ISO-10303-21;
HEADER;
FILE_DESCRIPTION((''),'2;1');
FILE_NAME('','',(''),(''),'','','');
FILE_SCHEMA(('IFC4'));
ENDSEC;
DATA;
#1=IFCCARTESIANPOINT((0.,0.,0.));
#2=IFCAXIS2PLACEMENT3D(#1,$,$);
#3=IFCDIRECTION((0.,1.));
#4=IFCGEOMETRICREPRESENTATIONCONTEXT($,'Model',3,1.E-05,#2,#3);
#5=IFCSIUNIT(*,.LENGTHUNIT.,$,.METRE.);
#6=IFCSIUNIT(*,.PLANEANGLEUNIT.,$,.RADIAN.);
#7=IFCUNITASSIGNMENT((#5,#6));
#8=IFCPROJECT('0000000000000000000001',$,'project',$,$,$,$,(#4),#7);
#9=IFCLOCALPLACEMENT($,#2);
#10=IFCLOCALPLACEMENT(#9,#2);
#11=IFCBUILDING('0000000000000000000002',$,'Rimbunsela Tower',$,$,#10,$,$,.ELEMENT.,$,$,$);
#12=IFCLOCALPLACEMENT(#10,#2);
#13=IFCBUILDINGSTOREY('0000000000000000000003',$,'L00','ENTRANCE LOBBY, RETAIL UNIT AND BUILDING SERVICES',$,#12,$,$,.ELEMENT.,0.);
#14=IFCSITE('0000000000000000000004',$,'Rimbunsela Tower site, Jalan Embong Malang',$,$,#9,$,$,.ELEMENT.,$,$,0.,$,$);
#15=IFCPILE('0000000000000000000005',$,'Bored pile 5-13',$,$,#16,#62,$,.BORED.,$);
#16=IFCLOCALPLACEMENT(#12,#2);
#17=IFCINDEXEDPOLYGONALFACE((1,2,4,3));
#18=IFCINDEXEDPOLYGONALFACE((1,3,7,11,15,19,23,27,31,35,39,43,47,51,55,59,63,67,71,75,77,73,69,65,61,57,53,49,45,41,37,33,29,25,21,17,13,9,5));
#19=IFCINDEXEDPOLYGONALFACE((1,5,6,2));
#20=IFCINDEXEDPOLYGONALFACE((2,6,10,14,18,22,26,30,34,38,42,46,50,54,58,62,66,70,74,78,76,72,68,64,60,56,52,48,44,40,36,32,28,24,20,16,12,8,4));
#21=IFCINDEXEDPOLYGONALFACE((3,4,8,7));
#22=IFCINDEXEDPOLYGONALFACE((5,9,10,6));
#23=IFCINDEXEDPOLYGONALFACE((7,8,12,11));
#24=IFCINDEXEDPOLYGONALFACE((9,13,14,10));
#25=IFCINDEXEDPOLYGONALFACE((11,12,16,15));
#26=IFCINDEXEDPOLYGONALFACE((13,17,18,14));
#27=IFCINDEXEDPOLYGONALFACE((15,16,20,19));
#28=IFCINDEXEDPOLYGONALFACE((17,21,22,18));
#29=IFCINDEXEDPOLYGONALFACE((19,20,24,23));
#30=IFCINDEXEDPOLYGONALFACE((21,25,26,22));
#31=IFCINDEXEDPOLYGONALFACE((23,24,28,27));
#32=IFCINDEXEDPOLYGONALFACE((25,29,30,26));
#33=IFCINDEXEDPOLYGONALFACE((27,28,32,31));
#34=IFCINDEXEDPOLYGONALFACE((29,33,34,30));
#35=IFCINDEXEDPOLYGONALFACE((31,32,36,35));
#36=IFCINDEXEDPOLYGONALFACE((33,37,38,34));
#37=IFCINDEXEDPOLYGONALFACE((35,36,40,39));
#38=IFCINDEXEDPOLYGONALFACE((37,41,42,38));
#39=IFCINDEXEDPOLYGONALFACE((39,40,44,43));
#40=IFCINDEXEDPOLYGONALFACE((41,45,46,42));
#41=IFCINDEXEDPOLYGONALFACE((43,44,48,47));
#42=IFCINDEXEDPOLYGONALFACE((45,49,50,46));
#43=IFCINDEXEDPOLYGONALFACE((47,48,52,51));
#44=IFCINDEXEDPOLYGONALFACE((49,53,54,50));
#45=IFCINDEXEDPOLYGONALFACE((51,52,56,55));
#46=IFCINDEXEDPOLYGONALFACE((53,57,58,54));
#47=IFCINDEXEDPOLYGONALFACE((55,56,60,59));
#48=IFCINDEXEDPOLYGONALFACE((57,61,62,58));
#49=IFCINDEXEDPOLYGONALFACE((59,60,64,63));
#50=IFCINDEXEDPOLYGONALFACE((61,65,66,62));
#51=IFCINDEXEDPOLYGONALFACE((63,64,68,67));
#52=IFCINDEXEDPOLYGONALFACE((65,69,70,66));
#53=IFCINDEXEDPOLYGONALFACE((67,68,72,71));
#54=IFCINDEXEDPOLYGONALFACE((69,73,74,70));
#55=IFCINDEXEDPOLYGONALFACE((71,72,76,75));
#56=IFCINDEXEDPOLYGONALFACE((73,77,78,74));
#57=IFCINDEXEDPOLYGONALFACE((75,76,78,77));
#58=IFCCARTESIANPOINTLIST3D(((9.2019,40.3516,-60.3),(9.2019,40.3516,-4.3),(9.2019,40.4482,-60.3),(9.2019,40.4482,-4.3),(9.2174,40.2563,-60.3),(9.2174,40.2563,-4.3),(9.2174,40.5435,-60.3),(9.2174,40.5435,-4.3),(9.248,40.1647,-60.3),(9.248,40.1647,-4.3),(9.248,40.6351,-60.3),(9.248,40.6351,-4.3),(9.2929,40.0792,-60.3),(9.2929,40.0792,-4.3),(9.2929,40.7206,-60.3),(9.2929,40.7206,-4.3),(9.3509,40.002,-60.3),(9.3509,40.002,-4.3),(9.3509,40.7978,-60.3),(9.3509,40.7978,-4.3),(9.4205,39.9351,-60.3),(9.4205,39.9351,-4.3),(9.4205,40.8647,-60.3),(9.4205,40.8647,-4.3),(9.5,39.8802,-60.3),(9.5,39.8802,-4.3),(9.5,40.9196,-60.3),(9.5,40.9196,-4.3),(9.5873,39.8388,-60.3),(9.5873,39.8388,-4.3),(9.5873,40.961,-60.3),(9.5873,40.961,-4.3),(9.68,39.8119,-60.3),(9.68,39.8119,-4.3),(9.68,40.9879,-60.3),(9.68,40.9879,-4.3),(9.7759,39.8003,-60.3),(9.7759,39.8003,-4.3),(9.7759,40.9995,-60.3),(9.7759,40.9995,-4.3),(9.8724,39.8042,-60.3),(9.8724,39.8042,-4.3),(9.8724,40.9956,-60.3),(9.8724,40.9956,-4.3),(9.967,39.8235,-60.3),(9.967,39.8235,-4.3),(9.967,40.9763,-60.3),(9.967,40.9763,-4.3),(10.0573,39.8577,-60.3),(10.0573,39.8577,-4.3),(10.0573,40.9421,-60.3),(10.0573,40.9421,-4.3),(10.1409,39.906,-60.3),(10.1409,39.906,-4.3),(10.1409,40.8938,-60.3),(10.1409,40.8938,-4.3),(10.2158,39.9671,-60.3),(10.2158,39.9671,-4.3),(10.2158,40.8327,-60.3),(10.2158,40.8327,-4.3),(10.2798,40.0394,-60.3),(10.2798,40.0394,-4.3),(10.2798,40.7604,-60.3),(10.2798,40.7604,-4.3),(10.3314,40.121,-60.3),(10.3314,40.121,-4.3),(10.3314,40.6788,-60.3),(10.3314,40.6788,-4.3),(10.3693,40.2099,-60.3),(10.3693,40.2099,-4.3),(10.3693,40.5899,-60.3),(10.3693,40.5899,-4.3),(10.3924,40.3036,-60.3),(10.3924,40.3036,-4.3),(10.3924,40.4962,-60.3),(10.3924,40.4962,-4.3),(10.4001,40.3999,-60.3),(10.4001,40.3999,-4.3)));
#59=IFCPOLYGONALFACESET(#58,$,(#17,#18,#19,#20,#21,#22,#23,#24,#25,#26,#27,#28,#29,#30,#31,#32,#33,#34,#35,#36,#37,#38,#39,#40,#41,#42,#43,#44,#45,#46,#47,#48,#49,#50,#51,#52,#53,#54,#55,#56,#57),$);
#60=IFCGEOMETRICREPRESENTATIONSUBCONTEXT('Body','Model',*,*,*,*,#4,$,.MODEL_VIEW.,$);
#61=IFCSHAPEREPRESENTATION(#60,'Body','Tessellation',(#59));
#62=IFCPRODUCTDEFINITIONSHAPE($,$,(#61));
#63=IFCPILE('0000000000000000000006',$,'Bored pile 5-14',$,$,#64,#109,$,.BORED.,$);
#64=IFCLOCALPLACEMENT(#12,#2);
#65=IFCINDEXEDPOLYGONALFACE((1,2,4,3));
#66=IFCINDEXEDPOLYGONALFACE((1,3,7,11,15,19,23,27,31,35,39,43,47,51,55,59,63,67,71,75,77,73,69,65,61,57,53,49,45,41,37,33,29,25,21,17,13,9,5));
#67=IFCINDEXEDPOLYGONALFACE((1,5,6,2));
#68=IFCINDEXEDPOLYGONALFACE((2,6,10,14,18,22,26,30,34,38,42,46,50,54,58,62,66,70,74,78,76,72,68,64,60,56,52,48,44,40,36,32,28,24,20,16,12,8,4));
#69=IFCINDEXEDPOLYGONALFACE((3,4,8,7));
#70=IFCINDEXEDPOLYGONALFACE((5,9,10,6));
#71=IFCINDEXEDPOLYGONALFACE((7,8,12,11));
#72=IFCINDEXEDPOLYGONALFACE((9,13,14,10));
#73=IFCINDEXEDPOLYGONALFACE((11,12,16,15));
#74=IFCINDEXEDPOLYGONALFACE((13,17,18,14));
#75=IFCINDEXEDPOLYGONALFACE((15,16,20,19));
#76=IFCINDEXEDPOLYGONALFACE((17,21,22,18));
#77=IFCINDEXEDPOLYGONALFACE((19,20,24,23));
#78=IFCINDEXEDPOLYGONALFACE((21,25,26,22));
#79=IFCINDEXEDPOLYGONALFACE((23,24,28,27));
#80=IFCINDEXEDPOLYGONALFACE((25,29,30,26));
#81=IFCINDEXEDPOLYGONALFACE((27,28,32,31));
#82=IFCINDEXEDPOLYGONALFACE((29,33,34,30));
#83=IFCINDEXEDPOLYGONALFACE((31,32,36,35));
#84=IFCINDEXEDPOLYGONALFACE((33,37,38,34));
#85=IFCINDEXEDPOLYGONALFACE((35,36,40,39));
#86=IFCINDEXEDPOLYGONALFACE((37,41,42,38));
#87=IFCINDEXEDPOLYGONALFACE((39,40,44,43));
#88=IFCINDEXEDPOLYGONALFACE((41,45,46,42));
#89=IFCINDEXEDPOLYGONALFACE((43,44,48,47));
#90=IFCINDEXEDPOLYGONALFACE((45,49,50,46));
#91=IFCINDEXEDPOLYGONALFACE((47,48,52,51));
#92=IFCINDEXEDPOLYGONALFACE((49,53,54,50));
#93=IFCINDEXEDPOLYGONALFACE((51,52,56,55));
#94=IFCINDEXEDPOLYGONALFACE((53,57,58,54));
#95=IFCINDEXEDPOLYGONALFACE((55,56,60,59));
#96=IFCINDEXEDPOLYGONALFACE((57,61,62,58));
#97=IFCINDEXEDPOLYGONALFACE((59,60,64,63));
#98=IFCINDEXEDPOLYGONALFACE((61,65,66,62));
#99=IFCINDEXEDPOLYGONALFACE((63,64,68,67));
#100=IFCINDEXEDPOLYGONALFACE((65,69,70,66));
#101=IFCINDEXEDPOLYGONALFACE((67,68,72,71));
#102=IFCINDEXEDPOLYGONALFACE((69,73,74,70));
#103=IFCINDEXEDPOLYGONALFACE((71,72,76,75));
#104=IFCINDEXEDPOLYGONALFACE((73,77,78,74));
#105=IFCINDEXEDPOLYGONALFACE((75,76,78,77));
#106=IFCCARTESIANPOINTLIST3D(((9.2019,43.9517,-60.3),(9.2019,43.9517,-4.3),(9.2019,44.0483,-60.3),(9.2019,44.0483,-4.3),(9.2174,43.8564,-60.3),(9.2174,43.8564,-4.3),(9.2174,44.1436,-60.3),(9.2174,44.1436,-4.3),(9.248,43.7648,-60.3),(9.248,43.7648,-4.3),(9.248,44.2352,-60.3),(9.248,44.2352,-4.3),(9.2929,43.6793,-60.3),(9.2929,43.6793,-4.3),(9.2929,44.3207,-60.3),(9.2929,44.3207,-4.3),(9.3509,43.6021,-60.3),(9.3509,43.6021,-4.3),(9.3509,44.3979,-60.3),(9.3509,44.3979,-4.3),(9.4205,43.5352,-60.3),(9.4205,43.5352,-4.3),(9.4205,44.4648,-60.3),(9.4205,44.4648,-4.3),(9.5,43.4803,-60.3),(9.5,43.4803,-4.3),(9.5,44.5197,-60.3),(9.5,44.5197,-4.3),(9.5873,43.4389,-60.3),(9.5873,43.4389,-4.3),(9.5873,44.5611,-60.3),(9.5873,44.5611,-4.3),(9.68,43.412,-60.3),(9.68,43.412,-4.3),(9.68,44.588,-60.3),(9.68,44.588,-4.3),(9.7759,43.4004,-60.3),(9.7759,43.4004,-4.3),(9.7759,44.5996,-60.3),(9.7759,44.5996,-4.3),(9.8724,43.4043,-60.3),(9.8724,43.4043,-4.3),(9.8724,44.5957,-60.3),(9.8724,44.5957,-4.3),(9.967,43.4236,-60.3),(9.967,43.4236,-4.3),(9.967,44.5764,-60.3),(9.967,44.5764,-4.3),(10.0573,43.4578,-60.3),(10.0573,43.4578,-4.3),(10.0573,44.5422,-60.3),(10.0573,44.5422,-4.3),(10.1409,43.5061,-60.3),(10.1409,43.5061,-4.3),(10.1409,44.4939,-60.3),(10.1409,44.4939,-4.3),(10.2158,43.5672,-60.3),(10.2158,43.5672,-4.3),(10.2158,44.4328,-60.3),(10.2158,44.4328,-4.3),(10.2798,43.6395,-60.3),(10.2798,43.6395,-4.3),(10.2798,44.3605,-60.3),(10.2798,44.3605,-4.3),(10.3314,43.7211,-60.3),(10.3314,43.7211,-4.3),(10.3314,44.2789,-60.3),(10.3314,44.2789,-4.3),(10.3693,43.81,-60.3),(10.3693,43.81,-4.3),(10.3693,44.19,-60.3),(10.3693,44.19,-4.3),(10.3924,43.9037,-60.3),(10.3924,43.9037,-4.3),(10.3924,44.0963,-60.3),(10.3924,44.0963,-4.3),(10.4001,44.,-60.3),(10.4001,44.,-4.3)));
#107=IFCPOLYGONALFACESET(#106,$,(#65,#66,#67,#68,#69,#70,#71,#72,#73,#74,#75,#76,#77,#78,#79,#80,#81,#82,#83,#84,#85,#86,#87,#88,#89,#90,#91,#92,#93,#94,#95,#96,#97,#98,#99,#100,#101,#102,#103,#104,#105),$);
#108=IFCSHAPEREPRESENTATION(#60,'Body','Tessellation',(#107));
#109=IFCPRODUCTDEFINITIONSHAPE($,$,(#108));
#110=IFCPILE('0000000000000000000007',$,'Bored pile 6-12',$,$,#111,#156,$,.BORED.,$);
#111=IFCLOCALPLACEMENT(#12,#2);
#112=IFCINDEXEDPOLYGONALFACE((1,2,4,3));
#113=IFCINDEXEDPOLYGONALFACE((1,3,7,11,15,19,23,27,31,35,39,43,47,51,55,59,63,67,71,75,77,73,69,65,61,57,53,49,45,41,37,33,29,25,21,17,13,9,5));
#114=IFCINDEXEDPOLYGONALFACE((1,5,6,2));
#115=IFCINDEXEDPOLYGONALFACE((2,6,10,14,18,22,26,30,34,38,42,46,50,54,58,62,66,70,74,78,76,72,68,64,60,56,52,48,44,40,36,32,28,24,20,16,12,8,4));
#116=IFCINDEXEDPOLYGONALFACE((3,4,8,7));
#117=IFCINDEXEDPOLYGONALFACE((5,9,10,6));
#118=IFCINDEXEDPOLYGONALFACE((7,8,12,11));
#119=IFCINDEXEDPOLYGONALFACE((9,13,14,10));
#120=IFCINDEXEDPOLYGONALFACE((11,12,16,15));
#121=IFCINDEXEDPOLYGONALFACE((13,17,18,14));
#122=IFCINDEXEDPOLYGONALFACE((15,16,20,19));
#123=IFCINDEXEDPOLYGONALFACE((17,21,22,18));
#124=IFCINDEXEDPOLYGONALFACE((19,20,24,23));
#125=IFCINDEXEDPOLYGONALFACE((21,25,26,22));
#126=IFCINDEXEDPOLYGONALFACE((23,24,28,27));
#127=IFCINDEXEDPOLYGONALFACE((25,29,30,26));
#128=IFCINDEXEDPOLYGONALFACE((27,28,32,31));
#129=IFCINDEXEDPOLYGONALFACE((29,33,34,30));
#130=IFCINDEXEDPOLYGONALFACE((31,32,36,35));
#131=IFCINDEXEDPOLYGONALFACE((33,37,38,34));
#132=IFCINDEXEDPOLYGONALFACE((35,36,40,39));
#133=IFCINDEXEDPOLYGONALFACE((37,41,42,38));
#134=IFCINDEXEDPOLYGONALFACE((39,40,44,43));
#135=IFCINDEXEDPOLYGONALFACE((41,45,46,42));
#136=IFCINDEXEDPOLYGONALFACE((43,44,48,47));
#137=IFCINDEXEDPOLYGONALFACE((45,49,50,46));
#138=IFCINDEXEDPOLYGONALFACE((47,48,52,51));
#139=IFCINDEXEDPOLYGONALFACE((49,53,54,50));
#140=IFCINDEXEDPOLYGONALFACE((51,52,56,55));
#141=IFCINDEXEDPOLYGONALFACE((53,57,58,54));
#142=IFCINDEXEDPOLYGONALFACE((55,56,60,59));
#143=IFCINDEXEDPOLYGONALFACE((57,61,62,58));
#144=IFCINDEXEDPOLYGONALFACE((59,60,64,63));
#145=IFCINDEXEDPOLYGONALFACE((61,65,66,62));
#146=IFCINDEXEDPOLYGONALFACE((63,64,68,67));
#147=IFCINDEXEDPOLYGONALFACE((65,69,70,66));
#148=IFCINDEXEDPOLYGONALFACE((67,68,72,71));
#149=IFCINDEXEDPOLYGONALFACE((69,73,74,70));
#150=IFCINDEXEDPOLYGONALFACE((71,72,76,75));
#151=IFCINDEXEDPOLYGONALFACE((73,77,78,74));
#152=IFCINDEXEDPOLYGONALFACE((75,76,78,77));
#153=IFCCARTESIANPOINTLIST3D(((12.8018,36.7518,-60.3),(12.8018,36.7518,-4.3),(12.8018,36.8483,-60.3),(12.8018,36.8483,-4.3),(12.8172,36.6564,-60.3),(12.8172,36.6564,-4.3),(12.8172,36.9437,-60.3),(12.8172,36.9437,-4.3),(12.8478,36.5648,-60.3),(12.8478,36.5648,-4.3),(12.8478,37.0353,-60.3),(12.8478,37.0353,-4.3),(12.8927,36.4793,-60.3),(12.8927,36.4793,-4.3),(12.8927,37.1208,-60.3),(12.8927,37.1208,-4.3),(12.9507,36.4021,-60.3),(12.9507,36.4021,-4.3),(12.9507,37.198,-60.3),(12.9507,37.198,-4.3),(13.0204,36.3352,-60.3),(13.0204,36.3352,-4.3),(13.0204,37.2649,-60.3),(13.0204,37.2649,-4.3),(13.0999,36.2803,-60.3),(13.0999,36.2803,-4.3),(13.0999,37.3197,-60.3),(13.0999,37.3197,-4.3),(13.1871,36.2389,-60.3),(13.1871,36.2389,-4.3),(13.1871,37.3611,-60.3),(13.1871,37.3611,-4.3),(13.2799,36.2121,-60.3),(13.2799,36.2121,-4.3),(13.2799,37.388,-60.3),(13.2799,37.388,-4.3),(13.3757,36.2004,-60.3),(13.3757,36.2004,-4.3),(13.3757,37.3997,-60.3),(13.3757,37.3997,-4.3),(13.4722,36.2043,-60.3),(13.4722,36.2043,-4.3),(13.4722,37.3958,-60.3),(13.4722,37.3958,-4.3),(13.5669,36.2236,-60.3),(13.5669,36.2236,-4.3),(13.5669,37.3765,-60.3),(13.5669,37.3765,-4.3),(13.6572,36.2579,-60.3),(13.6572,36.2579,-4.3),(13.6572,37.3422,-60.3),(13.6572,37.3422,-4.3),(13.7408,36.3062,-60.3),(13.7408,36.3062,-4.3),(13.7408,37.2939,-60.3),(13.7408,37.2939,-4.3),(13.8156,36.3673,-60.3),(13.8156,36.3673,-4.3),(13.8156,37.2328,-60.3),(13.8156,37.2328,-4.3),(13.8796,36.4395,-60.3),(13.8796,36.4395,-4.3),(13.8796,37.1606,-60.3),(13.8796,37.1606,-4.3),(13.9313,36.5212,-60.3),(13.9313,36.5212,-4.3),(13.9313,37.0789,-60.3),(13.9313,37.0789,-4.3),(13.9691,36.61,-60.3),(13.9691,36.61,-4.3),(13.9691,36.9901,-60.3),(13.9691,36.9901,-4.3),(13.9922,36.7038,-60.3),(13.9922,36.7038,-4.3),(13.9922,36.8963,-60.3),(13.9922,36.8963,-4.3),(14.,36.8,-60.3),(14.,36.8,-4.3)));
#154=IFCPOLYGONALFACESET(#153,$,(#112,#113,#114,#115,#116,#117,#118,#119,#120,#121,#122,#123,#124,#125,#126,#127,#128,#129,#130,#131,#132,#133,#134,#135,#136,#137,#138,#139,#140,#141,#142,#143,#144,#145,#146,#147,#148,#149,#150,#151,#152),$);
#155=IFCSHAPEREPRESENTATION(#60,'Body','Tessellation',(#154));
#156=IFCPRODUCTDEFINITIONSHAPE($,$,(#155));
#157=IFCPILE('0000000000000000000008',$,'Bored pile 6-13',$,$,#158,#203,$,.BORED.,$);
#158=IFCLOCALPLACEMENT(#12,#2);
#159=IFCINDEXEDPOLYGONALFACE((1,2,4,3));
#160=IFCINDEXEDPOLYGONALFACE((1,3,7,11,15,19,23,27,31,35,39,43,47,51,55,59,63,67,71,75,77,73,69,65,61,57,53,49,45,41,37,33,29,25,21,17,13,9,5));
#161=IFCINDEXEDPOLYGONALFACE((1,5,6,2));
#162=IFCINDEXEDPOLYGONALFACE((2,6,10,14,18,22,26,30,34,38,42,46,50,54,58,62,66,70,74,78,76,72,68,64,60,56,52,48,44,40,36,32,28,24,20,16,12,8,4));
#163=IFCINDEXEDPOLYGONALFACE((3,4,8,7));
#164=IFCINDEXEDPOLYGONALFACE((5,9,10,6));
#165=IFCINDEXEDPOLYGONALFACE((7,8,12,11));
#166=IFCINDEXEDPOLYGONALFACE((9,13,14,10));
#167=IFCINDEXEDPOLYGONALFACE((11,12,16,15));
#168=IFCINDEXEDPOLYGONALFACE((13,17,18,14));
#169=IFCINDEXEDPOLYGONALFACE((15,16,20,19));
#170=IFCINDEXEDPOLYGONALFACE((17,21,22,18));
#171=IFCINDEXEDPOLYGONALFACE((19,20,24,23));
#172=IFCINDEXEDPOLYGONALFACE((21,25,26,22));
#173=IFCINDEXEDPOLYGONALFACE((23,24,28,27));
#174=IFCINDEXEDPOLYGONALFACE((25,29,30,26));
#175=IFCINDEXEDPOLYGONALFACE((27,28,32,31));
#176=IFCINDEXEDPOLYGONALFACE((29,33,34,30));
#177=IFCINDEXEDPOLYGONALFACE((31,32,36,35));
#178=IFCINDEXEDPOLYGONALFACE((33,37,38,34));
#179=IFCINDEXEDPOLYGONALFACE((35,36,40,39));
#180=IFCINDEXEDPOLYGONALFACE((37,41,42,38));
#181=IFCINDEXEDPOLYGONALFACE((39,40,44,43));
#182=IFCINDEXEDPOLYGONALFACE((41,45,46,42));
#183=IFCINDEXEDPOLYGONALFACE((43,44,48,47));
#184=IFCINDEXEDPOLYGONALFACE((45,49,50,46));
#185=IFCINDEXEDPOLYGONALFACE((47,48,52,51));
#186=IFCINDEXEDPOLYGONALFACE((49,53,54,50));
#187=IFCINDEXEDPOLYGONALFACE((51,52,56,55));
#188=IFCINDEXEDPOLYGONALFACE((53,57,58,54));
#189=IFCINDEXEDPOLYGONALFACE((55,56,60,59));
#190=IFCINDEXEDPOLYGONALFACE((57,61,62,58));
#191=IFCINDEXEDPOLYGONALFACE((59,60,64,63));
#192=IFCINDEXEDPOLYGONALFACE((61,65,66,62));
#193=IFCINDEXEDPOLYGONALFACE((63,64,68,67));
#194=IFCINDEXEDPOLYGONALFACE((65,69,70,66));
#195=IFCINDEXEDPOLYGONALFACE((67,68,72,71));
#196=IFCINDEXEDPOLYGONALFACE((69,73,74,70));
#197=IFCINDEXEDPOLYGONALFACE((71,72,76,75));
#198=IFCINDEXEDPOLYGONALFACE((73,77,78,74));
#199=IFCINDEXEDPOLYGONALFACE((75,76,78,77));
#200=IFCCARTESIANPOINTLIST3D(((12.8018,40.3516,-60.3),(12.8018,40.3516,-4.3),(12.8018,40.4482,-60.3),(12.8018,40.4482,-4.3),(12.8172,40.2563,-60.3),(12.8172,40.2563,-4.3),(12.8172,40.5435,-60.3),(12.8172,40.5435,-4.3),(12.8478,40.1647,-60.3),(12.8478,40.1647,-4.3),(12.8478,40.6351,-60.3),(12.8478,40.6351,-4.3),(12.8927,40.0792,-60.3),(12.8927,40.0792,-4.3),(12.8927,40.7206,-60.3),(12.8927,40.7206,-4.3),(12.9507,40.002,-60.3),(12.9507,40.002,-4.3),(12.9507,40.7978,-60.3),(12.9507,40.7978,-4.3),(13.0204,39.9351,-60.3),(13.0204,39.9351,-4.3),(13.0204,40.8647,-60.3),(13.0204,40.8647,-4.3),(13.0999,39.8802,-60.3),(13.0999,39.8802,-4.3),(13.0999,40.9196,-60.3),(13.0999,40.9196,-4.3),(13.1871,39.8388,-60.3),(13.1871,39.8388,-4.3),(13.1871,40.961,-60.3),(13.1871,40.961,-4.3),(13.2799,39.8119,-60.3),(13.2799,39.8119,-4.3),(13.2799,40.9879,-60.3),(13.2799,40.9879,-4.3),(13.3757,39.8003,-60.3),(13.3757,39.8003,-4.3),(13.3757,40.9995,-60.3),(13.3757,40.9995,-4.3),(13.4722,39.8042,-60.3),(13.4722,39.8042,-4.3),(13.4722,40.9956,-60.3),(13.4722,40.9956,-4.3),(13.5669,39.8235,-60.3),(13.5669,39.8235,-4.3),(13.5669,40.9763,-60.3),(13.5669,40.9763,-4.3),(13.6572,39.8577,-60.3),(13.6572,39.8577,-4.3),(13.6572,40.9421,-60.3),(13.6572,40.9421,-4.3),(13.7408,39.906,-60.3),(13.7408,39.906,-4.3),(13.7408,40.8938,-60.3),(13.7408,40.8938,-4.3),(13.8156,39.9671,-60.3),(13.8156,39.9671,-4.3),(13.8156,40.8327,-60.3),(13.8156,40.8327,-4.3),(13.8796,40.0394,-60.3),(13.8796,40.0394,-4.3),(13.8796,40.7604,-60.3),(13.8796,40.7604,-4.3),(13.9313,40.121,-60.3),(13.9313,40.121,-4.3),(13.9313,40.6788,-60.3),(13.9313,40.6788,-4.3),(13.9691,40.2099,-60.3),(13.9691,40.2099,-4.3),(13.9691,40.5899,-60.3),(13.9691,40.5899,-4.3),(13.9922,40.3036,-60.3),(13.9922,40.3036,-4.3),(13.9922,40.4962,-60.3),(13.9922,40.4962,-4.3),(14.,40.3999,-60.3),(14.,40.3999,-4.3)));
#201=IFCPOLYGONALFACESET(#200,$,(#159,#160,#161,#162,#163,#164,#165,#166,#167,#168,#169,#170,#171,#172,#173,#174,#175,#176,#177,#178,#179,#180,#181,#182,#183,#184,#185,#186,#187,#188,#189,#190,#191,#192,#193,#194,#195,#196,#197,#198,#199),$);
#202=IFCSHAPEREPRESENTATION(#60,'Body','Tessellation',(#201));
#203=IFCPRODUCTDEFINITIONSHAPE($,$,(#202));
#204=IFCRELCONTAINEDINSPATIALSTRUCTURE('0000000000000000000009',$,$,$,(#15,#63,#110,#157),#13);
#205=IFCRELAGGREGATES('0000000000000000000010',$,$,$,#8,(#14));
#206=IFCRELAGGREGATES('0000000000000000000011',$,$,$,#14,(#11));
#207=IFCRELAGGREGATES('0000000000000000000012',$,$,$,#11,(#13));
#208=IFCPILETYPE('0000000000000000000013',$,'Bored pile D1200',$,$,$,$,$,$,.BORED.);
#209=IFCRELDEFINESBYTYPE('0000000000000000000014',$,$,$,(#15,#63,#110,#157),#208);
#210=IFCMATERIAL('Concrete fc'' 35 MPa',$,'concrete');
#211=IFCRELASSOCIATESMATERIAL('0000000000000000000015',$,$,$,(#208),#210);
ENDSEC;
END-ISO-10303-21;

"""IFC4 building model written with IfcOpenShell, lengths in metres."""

from ifc_helpers import new_model, si_unit, direction, frame, origin, origin_2d, place, context, subcontext, project, spatial, circle, extrude, material, material_profile, profile_set, type_object, element, save


model = new_model("IFC4")

# Units and contexts
model_context = context("Model", 3, precision=1e-05, world=origin(), true_north=direction((0.0, 1.0)))
body_context = subcontext(model_context, "Body", "Model", "MODEL_VIEW")
ifc_project = project(units=[si_unit("LENGTHUNIT", "METRE"), si_unit("PLANEANGLEUNIT", "RADIAN")], contexts=[model_context])

# Site, building, storey
site_placement = place(None, origin())
site = spatial("IfcSite", under=ifc_project, at=site_placement, Name="Rimbunsela Tower site, Jalan Embong Malang", CompositionType="ELEMENT", RefElevation=0.0)
building_placement = place(site_placement, origin())
building = spatial("IfcBuilding", under=site, at=building_placement, Name="Rimbunsela Tower", CompositionType="ELEMENT")
storey_placement = place(building_placement, origin())
storey = spatial("IfcBuildingStorey", under=building, at=storey_placement, Name="L00", Description="ENTRANCE LOBBY, RETAIL UNIT AND BUILDING SERVICES", CompositionType="ELEMENT", Elevation=0.0)

# Piles
ifc_material_1 = material(Name="Concrete fc' 35 MPa", Category="concrete")
ifc_material_profile_1 = material_profile(ifc_material_1, circle(Radius=0.6001, at=origin_2d()), Name="BP D1200")
ifc_profile_set_1 = profile_set([ifc_material_profile_1], Name="Concrete fc' 35 MPa")
pile_type = type_object("IfcPileType", Name="Bored pile D1200", PredefinedType="BORED", material=ifc_profile_set_1)
for number, where, z_axis, x_axis, name in (
    (1, (9.8, 40.3999, -4.3), (0.0, 0.0, -1.0), (1.0, 0.0, 0.0), "Bored pile 5-13"),
    (2, (9.8, 44.0, -4.3), (0.0, 0.0, -1.0), (1.0, 0.0, 0.0), "Bored pile 5-14"),
    (3, (13.3999, 36.8, -4.3), (0.0, 0.0, -1.0), (1.0, 0.0, 0.0), "Bored pile 6-12"),
    (4, (13.3999, 40.3999, -4.3), (0.0, 0.0, -1.0), (1.0, 0.0, 0.0), "Bored pile 6-13"),
):
    element("IfcPile", number, at=place(storey_placement, frame(where, z_axis=z_axis, x_axis=x_axis)), inside=storey, type_object=pile_type, Name=name, PredefinedType="BORED", context=body_context, shape_type="SweptSolid", body=[
        extrude(circle(Radius=0.6001, at=origin_2d()), origin(), (0.0, 0.0, 1.0), 56.0),
    ])

save(model, "model.ifc")
